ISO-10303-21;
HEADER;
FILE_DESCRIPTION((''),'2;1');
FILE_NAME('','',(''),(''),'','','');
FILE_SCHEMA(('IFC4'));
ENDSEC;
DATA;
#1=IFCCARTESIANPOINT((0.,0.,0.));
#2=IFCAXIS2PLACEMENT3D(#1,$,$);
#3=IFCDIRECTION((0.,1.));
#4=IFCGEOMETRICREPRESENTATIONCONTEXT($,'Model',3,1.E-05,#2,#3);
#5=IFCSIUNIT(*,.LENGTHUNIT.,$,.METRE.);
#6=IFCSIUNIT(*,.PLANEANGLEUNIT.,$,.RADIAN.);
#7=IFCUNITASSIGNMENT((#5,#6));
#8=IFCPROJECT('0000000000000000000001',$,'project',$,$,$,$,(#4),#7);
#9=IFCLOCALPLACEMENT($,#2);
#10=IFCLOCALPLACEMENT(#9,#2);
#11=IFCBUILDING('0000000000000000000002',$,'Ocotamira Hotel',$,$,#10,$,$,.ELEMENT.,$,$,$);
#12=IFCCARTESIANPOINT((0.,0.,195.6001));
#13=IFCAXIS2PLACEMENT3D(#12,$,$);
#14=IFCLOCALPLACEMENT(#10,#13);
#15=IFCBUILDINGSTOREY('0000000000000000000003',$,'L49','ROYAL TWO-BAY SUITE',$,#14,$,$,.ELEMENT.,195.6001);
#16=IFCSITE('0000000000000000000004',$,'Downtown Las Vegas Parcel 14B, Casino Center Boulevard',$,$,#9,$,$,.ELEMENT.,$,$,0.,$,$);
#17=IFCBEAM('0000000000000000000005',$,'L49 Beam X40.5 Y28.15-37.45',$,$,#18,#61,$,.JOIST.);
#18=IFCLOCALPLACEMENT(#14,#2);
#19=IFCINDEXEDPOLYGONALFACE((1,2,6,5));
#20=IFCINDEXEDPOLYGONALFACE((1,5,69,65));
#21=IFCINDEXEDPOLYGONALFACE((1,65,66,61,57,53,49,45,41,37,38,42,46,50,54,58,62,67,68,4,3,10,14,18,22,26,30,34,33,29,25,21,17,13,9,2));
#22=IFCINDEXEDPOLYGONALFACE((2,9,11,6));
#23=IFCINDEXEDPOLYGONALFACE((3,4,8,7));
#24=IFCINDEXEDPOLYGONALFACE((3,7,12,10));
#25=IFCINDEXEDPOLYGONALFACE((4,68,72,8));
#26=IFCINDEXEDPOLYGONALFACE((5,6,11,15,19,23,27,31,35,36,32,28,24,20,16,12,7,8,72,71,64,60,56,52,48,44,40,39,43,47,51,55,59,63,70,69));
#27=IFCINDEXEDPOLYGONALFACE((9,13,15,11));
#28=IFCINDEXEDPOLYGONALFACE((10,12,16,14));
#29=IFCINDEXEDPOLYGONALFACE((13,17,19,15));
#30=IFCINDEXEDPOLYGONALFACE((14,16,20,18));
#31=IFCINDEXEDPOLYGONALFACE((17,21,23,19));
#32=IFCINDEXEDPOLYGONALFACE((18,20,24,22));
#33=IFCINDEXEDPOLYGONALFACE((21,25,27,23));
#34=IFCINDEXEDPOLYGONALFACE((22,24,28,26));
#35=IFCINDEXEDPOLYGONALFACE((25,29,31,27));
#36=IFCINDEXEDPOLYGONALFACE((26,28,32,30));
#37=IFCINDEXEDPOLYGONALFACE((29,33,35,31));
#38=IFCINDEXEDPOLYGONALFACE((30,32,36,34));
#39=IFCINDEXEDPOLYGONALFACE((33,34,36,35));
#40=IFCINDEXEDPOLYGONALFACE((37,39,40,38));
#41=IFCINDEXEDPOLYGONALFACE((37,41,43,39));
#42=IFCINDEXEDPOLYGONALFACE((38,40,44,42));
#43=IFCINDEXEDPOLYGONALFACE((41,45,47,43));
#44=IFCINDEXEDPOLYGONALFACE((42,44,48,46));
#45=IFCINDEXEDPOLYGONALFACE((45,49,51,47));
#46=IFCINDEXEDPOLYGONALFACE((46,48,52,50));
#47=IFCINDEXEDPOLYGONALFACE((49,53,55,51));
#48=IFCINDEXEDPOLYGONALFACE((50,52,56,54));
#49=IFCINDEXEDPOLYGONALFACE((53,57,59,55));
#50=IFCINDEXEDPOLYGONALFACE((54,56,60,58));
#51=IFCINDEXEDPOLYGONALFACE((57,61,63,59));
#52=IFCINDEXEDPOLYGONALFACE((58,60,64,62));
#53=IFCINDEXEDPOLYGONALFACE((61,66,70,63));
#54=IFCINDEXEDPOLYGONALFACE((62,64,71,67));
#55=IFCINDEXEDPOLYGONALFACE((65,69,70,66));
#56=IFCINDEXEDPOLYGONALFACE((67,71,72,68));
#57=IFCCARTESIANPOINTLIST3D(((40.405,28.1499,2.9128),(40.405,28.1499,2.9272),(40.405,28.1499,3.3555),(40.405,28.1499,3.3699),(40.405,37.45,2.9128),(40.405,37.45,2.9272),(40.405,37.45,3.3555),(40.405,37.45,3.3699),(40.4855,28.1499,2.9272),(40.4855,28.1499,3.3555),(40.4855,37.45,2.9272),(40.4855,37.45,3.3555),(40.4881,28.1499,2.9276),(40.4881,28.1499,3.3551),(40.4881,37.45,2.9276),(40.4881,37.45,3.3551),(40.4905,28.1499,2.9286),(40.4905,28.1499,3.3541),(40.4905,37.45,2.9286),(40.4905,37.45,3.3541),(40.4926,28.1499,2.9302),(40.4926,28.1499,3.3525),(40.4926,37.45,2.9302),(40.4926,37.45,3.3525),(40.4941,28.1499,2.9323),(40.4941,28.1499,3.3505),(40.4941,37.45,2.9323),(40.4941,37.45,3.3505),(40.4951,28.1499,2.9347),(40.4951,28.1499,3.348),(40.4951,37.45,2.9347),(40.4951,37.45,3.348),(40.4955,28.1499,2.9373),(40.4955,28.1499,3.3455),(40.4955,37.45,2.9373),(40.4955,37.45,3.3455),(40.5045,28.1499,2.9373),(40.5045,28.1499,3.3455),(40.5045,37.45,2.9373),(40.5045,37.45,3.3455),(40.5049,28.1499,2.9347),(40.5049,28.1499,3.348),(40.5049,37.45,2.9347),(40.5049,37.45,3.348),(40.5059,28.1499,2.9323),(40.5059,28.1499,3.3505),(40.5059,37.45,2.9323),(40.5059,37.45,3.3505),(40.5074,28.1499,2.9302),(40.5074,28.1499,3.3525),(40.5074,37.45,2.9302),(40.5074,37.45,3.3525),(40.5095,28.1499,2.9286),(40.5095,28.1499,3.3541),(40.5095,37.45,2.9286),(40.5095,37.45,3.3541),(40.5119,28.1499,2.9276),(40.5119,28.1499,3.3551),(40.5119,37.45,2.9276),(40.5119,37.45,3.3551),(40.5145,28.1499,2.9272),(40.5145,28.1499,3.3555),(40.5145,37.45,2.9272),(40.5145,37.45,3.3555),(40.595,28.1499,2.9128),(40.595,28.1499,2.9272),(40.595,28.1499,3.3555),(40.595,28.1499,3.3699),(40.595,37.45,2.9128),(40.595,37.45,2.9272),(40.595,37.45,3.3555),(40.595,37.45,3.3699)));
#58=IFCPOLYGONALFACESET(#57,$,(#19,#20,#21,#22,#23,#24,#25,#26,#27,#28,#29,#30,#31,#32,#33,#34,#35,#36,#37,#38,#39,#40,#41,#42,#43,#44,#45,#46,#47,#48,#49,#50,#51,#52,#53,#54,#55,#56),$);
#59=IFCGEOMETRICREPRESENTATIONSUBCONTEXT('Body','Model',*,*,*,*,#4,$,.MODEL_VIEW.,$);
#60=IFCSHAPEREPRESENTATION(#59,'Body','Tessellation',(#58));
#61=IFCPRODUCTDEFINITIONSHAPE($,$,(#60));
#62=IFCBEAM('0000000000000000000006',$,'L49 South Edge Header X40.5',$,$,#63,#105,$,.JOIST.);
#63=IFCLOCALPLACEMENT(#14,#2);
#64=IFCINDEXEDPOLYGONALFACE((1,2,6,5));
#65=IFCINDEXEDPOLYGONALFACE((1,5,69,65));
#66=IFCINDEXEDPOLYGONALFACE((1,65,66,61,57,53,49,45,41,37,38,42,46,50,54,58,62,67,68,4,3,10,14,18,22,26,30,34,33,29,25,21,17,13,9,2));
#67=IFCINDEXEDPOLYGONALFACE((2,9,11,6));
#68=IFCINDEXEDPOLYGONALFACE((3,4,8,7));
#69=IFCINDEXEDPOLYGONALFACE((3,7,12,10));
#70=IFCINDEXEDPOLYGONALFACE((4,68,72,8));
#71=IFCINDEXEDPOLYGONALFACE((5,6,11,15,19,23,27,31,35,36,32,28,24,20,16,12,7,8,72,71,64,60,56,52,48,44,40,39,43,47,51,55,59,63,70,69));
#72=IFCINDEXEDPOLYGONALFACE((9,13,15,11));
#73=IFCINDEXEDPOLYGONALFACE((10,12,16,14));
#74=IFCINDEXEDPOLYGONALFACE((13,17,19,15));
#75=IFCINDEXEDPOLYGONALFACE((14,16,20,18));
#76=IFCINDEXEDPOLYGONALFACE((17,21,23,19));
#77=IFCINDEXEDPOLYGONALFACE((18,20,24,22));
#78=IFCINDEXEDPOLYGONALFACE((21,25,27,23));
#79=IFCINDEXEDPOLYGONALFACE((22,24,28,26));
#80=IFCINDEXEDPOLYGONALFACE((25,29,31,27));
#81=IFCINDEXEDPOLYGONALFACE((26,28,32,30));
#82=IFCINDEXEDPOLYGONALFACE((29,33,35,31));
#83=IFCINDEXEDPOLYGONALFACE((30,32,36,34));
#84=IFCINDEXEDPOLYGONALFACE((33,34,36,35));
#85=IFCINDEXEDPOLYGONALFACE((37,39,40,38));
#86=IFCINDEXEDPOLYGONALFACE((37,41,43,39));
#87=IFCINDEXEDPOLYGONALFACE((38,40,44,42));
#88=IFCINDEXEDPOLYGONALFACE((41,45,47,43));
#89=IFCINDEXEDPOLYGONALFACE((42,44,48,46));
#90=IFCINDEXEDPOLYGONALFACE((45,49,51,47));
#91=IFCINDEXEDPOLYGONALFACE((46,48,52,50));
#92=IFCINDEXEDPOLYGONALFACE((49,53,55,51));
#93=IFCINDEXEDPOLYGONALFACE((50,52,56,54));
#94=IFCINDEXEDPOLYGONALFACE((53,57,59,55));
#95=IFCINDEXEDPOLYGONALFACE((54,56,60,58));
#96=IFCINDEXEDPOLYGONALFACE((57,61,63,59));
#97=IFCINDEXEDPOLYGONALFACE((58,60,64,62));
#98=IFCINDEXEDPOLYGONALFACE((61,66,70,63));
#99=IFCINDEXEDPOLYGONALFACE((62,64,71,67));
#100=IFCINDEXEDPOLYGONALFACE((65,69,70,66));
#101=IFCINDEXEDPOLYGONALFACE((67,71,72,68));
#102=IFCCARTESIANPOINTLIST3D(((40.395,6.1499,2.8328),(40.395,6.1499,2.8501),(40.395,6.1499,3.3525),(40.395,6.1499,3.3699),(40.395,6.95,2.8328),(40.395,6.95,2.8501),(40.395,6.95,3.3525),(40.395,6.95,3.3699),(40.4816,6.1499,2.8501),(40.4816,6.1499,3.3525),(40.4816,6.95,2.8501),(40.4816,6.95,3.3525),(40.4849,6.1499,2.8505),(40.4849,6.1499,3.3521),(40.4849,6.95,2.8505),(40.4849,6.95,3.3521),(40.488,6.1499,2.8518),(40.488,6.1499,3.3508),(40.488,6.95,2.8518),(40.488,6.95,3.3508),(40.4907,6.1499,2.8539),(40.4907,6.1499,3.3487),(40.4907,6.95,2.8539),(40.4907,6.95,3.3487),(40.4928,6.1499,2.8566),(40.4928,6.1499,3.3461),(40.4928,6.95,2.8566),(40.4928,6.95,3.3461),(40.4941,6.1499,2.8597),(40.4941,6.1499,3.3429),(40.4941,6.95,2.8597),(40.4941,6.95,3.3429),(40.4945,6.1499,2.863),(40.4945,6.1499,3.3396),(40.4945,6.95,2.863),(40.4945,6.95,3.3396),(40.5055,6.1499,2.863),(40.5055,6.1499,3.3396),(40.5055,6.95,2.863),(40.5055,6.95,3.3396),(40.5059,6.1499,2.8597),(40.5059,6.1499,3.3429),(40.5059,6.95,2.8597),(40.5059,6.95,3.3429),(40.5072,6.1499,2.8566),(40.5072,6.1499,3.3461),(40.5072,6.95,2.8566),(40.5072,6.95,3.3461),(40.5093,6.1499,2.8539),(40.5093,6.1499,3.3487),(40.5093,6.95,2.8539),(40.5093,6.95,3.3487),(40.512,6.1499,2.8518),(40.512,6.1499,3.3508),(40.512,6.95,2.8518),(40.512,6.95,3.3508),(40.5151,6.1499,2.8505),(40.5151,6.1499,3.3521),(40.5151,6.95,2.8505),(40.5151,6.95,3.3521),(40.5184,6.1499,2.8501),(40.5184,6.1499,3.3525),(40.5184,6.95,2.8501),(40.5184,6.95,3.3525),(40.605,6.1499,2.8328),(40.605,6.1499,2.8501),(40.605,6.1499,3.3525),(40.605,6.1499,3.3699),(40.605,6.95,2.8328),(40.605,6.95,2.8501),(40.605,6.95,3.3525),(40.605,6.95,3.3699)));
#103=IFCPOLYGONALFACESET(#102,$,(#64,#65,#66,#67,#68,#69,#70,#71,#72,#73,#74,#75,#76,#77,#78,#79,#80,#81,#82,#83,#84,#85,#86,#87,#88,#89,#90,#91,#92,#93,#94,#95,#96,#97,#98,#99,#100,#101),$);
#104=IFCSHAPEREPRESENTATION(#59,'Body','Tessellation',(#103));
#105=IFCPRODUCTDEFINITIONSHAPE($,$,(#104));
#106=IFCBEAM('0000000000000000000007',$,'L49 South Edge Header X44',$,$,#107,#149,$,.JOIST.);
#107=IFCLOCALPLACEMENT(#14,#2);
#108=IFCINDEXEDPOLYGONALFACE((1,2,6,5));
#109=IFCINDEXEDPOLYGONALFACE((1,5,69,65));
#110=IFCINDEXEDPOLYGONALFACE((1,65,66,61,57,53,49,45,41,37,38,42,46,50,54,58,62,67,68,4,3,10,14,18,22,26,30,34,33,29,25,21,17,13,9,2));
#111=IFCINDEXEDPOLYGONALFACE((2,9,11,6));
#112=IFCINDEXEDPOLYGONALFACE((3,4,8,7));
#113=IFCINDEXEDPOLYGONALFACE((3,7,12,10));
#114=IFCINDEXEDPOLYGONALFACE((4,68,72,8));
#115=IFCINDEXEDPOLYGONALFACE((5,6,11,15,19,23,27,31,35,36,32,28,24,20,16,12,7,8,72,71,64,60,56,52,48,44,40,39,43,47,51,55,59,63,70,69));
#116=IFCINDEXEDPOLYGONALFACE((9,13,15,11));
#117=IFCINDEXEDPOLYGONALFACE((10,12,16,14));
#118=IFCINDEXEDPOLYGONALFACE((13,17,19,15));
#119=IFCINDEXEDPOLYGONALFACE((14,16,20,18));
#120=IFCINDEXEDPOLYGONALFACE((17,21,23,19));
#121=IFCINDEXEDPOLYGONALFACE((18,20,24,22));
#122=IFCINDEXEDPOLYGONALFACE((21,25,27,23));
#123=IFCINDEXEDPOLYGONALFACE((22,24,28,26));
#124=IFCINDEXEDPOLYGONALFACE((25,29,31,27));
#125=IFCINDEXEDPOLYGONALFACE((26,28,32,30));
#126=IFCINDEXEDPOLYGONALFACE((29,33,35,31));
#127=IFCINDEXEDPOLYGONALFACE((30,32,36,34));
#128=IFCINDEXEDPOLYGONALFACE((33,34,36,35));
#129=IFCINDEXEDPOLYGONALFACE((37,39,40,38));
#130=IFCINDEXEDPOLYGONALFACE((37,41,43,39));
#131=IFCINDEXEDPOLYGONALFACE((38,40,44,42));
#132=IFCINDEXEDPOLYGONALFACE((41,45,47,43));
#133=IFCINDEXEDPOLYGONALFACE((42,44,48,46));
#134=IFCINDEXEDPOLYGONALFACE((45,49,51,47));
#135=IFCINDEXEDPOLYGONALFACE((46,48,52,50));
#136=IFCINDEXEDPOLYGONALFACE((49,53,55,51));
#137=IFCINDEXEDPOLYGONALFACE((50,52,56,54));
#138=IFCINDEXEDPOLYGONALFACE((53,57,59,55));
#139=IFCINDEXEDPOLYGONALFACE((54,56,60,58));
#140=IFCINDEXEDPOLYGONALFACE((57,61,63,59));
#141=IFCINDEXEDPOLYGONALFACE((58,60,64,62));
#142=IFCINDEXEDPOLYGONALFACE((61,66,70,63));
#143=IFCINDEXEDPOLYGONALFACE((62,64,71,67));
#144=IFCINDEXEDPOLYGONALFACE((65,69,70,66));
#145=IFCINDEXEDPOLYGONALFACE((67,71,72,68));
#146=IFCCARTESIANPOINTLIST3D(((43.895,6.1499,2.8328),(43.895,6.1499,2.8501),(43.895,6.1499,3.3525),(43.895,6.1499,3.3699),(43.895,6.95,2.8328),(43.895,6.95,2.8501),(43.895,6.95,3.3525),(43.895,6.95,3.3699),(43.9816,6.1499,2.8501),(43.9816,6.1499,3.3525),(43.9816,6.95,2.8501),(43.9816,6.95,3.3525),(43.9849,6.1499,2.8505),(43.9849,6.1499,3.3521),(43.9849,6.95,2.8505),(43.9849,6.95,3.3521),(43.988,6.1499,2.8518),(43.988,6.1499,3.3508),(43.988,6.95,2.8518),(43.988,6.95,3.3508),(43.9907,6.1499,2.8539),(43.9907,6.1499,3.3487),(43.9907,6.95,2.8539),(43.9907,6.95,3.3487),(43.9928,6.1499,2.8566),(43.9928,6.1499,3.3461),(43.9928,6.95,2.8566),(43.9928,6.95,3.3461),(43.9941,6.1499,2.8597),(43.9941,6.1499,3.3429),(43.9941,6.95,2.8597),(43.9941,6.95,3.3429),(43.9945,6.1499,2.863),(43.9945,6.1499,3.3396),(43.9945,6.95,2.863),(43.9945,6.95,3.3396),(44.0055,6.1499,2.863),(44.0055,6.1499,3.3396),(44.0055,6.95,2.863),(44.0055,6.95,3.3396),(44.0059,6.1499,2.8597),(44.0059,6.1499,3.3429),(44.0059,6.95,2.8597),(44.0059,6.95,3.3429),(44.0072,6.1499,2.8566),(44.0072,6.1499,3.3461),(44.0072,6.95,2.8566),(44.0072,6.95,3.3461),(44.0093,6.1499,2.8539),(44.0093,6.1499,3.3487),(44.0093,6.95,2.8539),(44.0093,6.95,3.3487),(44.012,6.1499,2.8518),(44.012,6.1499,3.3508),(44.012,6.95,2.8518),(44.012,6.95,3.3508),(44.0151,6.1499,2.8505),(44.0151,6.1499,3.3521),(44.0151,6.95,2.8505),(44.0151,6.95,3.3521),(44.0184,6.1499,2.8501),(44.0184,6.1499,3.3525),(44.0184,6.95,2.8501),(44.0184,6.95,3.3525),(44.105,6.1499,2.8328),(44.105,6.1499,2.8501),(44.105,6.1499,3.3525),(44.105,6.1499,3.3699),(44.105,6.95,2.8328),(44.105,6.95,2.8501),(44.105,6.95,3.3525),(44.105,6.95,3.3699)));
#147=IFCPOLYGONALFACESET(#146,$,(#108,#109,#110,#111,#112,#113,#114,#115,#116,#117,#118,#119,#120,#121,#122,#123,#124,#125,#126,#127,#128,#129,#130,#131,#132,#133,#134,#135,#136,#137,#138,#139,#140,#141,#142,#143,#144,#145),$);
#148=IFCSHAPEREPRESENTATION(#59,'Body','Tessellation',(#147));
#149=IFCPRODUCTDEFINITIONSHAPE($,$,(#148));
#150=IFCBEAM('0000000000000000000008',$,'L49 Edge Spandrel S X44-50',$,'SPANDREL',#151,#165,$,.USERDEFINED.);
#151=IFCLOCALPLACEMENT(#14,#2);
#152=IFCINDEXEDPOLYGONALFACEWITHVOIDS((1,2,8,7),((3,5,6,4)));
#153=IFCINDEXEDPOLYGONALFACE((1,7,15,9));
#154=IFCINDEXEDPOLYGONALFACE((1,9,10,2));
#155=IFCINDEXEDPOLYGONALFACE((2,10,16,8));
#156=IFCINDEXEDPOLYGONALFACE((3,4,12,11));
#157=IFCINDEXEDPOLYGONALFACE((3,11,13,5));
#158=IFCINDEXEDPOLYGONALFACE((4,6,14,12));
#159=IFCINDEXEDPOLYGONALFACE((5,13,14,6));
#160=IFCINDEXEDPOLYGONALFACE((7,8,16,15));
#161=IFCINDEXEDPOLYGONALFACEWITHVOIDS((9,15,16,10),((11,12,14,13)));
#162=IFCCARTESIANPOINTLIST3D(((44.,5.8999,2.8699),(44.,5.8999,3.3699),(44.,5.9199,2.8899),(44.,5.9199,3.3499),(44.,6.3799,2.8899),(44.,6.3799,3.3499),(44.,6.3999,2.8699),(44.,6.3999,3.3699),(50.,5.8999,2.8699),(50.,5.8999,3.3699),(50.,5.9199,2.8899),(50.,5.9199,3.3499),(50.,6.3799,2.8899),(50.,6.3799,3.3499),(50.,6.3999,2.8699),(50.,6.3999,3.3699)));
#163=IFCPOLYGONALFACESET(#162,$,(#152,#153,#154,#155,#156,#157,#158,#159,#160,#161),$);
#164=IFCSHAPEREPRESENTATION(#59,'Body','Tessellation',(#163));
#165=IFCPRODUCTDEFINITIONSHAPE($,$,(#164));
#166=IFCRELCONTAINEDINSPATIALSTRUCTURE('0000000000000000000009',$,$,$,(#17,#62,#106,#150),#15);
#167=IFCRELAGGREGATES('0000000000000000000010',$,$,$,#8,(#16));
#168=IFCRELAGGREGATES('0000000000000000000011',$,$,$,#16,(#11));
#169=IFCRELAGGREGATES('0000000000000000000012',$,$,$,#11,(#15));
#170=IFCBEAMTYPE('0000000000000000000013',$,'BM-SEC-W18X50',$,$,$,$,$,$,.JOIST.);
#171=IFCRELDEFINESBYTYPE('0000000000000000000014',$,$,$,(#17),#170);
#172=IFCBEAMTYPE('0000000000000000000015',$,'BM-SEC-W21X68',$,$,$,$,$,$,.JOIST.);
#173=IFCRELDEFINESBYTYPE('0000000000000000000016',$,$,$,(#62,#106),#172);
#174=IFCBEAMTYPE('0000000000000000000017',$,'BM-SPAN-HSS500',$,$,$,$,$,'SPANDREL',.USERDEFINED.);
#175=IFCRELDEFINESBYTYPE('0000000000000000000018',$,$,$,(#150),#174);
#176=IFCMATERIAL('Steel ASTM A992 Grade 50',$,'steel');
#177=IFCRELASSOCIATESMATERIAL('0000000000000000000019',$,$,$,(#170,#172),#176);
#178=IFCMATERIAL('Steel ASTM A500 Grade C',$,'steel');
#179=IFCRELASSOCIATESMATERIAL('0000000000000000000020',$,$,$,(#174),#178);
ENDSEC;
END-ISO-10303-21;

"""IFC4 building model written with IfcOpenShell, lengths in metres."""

from ifc_helpers import new_model, si_unit, direction, frame, origin, origin_2d, place, context, subcontext, project, spatial, hollow_rectangle, i_section, extrude, source, transform, mapped, material, material_profile, profile_set, type_object, element, save


model = new_model("IFC4")

# Units and contexts
model_context = context("Model", 3, precision=1e-05, world=origin(), true_north=direction((0.0, 1.0)))
body_context = subcontext(model_context, "Body", "Model", "MODEL_VIEW")
ifc_project = project(units=[si_unit("LENGTHUNIT", "METRE"), si_unit("PLANEANGLEUNIT", "RADIAN")], contexts=[model_context])

# Site, building, storey
site_placement = place(None, origin())
site = spatial("IfcSite", under=ifc_project, at=site_placement, Name="Downtown Las Vegas Parcel 14B, Casino Center Boulevard", CompositionType="ELEMENT", RefElevation=0.0)
building_placement = place(site_placement, origin())
building = spatial("IfcBuilding", under=site, at=building_placement, Name="Ocotamira Hotel", CompositionType="ELEMENT")
storey_placement = place(building_placement, frame((0.0, 0.0, 195.6001)))
storey = spatial("IfcBuildingStorey", under=building, at=storey_placement, Name="L49", Description="ROYAL TWO-BAY SUITE", CompositionType="ELEMENT", Elevation=195.6001)

# Beams
ifc_material_1 = material(Name="Steel ASTM A992 Grade 50", Category="steel")
ifc_material_profile_1 = material_profile(ifc_material_1, i_section(OverallWidth=0.1899, OverallDepth=0.457, WebThickness=0.009, FlangeThickness=0.0144, FilletRadius=0.01, at=origin_2d()), Name="W18X50")
ifc_profile_set_1 = profile_set([ifc_material_profile_1], Name="Steel ASTM A992 Grade 50")
beam_type_1 = type_object("IfcBeamType", Name="BM-SEC-W18X50", PredefinedType="JOIST", material=ifc_profile_set_1)
shared_shape_1 = source(origin(), body_context, "Body", "SweptSolid", [
    extrude(i_section(OverallWidth=0.1899, OverallDepth=0.457, WebThickness=0.009, FlangeThickness=0.0144, FilletRadius=0.01, at=origin_2d()), origin(), (0.0, 0.0, 1.0), 9.3),
])
beam_1_placement = place(storey_placement, frame((40.5, 28.1499, 3.1414), z_axis=(0.0, 1.0, 0.0), x_axis=(-1.0, 0.0, 0.0)))
element("IfcBeam", 1, at=beam_1_placement, inside=storey, type_object=beam_type_1, Name="L49 Beam X40.5 Y28.15-37.45", PredefinedType="JOIST", context=body_context, shape_type="MappedRepresentation", body=[
    mapped(shared_shape_1, transform((0.0, 0.0, 0.0), scale=1.0)),
])
ifc_material_profile_2 = material_profile(ifc_material_1, i_section(OverallWidth=0.21, OverallDepth=0.5371, WebThickness=0.011, FlangeThickness=0.0173, FilletRadius=0.0129, at=origin_2d()), Name="W21X68")
ifc_profile_set_2 = profile_set([ifc_material_profile_2], Name="Steel ASTM A992 Grade 50")
beam_type_2 = type_object("IfcBeamType", Name="BM-SEC-W21X68", PredefinedType="JOIST", material=ifc_profile_set_2)
shared_shape_2 = source(origin(), body_context, "Body", "SweptSolid", [
    extrude(i_section(OverallWidth=0.21, OverallDepth=0.5371, WebThickness=0.011, FlangeThickness=0.0173, FilletRadius=0.0129, at=origin_2d()), origin(), (0.0, 0.0, 1.0), 0.8),
])
for number, where, z_axis, x_axis, name in (
    (2, (40.5, 6.95, 3.1013), (0.0, -1.0, 0.0), (1.0, 0.0, 0.0), "L49 South Edge Header X40.5"),
    (3, (44.0, 6.95, 3.1013), (0.0, -1.0, 0.0), (1.0, 0.0, 0.0), "L49 South Edge Header X44"),
):
    element("IfcBeam", number, at=place(storey_placement, frame(where, z_axis=z_axis, x_axis=x_axis)), inside=storey, type_object=beam_type_2, Name=name, PredefinedType="JOIST", context=body_context, shape_type="MappedRepresentation", body=[
        mapped(shared_shape_2, transform((0.0, 0.0, 0.0), scale=1.0)),
    ])
ifc_material_2 = material(Name="Steel ASTM A500 Grade C", Category="steel")
ifc_material_profile_3 = material_profile(ifc_material_2, hollow_rectangle(XDim=0.5, YDim=0.5, WallThickness=0.02, at=origin_2d()), Name="HSS500X500X20")
ifc_profile_set_3 = profile_set([ifc_material_profile_3], Name="Steel ASTM A500 Grade C")
beam_type_3 = type_object("IfcBeamType", Name="BM-SPAN-HSS500", ElementType="SPANDREL", PredefinedType="USERDEFINED", material=ifc_profile_set_3)
shared_shape_3 = source(origin(), body_context, "Body", "SweptSolid", [
    extrude(hollow_rectangle(XDim=0.5, YDim=0.5, WallThickness=0.02, at=origin_2d()), origin(), (0.0, 0.0, 1.0), 6.0),
])
beam_2_placement = place(storey_placement, frame((44.0, 6.1499, 3.1199), z_axis=(1.0, 0.0, 0.0), x_axis=(0.0, 1.0, 0.0)))
element("IfcBeam", 4, at=beam_2_placement, inside=storey, type_object=beam_type_3, Name="L49 Edge Spandrel S X44-50", ObjectType="SPANDREL", PredefinedType="USERDEFINED", context=body_context, shape_type="MappedRepresentation", body=[
    mapped(shared_shape_3, transform((0.0, 0.0, 0.0), scale=1.0)),
])

save(model, "model.ifc")
